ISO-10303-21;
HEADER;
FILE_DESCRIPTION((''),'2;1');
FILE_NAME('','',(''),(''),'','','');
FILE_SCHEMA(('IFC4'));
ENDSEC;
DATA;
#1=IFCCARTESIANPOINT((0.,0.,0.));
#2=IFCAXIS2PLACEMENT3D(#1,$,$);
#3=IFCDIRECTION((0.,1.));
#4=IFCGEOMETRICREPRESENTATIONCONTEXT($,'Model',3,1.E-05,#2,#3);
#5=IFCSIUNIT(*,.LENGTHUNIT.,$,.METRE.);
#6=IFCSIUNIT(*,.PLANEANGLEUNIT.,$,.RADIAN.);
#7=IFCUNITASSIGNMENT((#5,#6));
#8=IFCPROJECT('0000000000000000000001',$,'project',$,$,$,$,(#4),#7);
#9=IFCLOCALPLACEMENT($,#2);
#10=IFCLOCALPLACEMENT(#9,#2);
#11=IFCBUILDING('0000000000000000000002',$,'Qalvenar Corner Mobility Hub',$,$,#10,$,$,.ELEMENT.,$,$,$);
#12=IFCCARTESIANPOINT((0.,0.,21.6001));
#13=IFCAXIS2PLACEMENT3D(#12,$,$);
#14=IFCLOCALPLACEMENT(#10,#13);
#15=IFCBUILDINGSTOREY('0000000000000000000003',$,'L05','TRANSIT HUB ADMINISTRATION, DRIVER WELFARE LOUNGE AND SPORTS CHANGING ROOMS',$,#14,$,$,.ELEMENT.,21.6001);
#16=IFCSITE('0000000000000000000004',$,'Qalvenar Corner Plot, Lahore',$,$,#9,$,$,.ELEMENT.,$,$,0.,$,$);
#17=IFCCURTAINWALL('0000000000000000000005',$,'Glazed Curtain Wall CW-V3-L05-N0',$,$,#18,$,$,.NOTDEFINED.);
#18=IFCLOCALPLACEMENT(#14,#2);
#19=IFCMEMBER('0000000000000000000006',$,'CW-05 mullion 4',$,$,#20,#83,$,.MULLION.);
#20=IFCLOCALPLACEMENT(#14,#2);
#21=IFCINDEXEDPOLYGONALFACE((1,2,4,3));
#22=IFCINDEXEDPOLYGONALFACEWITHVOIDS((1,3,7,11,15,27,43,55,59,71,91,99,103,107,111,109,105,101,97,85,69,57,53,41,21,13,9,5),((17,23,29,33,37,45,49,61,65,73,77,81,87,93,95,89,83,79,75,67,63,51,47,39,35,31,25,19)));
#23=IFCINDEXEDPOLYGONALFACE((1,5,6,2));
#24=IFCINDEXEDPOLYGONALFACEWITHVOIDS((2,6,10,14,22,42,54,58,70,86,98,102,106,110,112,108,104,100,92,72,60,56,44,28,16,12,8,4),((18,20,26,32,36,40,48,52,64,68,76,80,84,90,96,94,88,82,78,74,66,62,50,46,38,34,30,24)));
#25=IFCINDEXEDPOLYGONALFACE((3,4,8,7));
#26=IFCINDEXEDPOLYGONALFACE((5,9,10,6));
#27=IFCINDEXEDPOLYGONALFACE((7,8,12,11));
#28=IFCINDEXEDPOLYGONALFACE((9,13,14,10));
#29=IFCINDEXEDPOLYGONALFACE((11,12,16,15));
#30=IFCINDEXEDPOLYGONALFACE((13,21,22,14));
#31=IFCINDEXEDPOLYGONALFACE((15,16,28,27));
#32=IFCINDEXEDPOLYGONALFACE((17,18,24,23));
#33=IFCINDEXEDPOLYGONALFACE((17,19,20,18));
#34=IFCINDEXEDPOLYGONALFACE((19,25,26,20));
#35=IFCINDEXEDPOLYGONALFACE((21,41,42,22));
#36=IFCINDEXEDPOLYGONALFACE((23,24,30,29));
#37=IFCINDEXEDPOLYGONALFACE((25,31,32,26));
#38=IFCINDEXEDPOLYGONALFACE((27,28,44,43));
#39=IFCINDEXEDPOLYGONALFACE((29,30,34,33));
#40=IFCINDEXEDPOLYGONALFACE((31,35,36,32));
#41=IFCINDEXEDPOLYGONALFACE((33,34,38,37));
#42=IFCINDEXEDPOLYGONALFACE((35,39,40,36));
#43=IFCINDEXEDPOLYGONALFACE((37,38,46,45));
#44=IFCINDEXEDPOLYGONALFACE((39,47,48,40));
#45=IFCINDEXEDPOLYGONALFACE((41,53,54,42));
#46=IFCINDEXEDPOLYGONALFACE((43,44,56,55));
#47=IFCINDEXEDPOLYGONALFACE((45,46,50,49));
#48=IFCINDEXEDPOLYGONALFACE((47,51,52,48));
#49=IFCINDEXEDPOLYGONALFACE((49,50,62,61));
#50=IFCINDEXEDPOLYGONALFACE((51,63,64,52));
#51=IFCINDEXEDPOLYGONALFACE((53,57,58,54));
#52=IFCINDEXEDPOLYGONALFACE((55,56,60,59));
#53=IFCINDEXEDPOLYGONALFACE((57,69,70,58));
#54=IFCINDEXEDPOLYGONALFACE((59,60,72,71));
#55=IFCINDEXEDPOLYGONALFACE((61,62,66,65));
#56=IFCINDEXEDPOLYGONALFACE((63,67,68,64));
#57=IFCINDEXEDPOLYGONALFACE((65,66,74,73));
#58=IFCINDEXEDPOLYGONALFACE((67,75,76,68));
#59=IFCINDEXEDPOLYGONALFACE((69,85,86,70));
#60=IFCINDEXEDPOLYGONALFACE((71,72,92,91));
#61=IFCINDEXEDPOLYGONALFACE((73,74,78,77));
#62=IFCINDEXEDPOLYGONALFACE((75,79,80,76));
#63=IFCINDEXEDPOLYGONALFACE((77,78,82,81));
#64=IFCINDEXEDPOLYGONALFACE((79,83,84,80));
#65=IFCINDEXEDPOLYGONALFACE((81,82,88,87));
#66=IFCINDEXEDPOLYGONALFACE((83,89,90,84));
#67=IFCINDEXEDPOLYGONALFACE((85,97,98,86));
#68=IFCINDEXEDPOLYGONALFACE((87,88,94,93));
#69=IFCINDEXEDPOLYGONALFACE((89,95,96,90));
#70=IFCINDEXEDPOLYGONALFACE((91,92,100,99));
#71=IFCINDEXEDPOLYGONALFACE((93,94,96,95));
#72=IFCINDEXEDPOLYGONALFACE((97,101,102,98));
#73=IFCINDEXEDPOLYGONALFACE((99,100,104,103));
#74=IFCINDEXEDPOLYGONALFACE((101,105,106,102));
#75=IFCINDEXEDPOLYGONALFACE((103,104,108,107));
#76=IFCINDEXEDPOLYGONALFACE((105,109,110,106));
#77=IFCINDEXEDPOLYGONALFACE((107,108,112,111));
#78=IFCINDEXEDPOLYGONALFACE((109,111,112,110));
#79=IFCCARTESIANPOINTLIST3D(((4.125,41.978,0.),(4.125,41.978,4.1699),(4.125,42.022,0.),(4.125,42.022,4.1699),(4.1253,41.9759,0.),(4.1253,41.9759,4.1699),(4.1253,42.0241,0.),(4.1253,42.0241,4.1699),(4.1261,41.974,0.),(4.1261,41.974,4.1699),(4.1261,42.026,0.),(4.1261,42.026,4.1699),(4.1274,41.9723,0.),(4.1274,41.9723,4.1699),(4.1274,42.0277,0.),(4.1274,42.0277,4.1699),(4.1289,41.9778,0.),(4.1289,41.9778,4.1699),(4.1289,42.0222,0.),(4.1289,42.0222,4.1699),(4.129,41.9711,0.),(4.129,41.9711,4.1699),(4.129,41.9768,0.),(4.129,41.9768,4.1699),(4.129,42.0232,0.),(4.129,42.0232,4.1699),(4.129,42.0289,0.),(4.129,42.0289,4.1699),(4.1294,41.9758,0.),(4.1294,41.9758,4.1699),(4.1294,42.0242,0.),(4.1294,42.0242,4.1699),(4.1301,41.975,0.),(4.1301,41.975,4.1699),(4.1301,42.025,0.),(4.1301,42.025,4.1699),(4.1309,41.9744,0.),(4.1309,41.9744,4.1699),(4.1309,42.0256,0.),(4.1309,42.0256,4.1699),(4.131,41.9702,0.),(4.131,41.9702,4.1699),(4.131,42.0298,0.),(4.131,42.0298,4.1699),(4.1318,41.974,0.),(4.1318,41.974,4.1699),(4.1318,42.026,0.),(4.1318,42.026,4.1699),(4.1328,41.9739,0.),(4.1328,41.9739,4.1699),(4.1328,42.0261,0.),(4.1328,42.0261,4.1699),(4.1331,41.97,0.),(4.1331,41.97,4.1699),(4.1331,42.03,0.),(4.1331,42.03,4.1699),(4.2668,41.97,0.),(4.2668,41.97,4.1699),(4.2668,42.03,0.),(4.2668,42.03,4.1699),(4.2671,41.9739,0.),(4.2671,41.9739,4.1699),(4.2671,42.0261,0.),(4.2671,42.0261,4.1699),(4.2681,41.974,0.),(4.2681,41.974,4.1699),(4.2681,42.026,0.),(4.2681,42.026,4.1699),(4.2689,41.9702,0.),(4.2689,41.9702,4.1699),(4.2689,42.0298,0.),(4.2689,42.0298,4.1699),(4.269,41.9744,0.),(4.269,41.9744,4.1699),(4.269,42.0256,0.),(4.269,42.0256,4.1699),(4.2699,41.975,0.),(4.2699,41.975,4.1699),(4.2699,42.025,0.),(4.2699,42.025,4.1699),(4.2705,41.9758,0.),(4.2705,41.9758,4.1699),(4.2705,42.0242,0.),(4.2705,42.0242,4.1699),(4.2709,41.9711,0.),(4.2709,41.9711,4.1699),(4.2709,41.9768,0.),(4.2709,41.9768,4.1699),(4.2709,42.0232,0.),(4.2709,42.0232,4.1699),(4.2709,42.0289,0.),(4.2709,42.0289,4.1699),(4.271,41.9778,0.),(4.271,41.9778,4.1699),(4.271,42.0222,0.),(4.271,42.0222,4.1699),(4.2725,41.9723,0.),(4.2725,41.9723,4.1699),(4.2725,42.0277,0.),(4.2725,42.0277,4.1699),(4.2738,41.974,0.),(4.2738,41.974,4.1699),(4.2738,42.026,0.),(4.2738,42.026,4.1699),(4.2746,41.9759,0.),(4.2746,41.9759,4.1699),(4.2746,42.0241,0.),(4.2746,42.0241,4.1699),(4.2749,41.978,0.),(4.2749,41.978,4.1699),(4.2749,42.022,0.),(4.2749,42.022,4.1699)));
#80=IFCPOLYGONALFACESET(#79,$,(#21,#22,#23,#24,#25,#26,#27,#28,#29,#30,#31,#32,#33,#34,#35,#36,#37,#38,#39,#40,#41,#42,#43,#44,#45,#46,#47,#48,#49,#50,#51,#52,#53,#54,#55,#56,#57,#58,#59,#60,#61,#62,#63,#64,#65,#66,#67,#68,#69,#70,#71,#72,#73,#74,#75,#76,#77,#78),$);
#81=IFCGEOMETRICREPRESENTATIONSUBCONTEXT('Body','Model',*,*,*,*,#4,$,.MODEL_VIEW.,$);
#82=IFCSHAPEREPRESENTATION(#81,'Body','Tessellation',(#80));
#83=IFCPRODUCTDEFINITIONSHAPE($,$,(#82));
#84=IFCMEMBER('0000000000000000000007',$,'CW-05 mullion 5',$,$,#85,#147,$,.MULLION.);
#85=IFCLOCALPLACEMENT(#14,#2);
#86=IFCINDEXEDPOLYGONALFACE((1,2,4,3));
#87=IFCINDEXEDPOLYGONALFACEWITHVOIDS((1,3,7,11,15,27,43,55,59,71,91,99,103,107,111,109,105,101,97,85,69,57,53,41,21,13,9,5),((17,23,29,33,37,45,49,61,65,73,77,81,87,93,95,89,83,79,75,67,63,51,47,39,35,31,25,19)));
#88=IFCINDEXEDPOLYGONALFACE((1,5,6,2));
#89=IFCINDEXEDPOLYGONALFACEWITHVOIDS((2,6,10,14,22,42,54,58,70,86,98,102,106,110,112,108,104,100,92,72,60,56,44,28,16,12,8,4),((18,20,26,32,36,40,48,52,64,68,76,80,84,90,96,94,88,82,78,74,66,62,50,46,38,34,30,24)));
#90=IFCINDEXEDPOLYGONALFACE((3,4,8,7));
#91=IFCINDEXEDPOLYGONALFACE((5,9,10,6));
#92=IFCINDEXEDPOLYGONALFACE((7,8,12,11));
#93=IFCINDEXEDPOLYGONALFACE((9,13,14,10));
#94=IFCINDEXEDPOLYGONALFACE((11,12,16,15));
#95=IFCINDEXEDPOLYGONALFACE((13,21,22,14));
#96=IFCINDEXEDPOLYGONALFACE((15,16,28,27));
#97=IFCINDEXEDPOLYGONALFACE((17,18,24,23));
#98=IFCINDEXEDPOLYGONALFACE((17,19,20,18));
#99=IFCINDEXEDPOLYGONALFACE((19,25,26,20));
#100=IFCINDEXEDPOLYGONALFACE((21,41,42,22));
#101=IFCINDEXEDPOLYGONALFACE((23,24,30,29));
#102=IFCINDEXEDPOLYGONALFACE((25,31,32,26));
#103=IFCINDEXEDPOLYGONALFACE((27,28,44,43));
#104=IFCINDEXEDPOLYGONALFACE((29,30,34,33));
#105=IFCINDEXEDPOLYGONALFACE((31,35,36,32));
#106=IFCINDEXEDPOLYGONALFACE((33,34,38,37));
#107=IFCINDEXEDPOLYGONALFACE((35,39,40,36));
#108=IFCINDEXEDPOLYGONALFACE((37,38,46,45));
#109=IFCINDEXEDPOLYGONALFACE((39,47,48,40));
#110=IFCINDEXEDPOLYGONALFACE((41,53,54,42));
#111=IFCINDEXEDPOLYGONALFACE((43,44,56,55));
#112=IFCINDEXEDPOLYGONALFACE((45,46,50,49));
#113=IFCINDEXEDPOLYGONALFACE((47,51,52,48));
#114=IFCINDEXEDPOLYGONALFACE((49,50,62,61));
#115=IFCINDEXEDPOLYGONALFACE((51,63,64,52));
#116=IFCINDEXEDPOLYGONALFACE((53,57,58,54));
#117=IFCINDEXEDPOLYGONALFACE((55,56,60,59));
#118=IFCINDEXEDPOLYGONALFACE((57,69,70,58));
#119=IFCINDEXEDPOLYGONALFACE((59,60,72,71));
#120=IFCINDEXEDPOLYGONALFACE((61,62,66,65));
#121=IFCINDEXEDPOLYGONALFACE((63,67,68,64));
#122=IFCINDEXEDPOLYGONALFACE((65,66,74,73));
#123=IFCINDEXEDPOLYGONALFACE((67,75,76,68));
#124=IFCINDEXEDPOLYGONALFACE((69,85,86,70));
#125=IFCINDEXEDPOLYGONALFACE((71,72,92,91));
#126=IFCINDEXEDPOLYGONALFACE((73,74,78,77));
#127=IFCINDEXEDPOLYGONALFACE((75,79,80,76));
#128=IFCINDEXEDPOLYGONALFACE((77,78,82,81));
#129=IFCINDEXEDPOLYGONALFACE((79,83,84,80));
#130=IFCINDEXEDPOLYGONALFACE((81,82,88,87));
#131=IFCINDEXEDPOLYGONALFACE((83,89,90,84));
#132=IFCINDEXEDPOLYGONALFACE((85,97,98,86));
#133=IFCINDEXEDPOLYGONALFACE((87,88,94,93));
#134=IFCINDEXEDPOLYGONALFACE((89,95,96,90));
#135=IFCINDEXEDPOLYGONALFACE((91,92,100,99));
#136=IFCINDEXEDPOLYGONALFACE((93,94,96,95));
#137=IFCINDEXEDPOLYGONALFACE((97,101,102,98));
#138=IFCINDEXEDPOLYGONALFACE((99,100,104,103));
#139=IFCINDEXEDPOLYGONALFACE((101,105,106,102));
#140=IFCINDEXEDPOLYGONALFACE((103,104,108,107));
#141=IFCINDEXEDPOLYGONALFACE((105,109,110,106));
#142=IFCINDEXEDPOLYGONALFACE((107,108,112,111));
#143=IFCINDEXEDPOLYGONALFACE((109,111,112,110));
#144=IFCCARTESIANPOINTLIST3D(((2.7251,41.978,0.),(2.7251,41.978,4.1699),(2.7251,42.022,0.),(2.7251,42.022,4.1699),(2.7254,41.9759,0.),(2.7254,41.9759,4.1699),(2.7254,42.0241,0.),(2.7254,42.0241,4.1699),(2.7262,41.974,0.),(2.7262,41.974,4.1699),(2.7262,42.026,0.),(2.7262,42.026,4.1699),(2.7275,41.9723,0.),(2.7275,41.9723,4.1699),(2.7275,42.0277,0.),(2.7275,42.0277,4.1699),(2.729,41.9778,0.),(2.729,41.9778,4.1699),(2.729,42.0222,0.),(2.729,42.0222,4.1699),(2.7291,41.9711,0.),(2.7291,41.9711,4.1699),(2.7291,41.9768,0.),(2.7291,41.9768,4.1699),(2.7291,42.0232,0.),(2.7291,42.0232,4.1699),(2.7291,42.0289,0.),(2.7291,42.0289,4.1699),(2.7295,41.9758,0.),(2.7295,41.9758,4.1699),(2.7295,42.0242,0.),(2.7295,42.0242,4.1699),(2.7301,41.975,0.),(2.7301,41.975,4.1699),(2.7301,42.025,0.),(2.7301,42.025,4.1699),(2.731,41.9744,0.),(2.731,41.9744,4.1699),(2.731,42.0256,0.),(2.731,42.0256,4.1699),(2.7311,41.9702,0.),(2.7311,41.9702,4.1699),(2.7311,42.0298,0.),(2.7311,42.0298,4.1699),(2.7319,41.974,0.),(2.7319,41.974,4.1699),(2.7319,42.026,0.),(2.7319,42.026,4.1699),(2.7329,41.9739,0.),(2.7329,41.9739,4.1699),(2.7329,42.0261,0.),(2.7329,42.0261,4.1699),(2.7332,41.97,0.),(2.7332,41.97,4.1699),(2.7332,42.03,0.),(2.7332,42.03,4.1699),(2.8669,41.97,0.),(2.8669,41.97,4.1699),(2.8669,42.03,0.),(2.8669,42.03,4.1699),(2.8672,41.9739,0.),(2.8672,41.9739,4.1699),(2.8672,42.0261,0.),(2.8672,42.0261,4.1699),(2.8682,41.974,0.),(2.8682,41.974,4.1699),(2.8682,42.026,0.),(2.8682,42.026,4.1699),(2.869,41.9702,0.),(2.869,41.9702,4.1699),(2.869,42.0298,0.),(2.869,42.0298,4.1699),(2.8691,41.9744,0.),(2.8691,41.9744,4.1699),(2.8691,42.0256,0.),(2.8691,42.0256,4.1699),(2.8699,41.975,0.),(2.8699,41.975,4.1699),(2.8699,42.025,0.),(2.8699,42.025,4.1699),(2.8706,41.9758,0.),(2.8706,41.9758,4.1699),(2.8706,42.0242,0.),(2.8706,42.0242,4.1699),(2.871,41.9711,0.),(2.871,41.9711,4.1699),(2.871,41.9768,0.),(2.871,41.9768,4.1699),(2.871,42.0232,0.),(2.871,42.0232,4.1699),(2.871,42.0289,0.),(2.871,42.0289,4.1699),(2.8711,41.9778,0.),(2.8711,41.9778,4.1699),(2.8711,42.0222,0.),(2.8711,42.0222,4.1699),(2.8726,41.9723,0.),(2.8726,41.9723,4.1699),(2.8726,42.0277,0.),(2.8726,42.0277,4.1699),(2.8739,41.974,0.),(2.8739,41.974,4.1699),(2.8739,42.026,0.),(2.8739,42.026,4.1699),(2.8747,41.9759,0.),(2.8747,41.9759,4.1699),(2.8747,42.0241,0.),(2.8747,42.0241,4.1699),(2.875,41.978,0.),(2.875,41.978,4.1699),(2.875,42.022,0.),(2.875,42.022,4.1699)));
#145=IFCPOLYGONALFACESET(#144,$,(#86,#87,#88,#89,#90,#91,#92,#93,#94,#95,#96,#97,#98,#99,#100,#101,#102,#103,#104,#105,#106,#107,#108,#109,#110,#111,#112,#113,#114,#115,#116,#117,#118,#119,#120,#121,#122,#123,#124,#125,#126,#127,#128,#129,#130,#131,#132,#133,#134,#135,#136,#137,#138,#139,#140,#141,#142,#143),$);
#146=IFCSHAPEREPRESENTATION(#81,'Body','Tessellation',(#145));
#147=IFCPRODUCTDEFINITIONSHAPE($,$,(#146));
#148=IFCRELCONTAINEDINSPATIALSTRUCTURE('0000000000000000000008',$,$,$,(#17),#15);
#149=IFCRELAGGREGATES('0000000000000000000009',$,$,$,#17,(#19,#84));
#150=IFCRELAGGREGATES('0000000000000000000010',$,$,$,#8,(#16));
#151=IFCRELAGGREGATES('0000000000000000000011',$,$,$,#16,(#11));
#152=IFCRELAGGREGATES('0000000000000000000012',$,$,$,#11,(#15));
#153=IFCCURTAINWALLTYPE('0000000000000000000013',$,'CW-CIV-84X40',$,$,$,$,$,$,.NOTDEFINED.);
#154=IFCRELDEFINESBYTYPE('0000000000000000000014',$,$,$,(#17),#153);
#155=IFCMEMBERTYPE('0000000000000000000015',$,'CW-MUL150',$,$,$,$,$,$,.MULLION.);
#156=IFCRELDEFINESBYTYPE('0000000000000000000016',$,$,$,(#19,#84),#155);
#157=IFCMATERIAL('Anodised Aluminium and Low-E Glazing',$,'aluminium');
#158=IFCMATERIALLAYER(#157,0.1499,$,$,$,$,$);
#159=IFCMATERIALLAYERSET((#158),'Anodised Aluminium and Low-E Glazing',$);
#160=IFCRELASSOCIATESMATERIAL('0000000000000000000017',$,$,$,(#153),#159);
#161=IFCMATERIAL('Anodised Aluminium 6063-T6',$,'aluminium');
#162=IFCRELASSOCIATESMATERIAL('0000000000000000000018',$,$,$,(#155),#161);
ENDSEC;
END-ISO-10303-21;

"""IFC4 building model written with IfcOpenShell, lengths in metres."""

from ifc_helpers import new_model, si_unit, direction, frame, origin, origin_2d, place, context, subcontext, project, spatial, hollow_rectangle, extrude, material, layer, layer_set, material_profile, profile_set, type_object, element, aggregate, save


model = new_model("IFC4")

# Units and contexts
model_context = context("Model", 3, precision=1e-05, world=origin(), true_north=direction((0.0, 1.0)))
body_context = subcontext(model_context, "Body", "Model", "MODEL_VIEW")
ifc_project = project(units=[si_unit("LENGTHUNIT", "METRE"), si_unit("PLANEANGLEUNIT", "RADIAN")], contexts=[model_context])

# Site, building, storey
site_placement = place(None, origin())
site = spatial("IfcSite", under=ifc_project, at=site_placement, Name="Qalvenar Corner Plot, Lahore", CompositionType="ELEMENT", RefElevation=0.0)
building_placement = place(site_placement, origin())
building = spatial("IfcBuilding", under=site, at=building_placement, Name="Qalvenar Corner Mobility Hub", CompositionType="ELEMENT")
storey_placement = place(building_placement, frame((0.0, 0.0, 21.6001)))
storey = spatial("IfcBuildingStorey", under=building, at=storey_placement, Name="L05", Description="TRANSIT HUB ADMINISTRATION, DRIVER WELFARE LOUNGE AND SPORTS CHANGING ROOMS", CompositionType="ELEMENT", Elevation=21.6001)

# Curtain wall, members
ifc_material_1 = material(Name="Anodised Aluminium and Low-E Glazing", Category="aluminium")
ifc_layer_1 = layer(ifc_material_1, 0.1499)
ifc_layer_set_1 = layer_set([ifc_layer_1], Name="Anodised Aluminium and Low-E Glazing")
curtain_wall_type = type_object("IfcCurtainWallType", Name="CW-CIV-84X40", PredefinedType="NOTDEFINED", material=ifc_layer_set_1)
curtain_wall_placement = place(storey_placement, origin())
curtain_wall = element("IfcCurtainWall", 1, at=curtain_wall_placement, inside=storey, type_object=curtain_wall_type, Name="Glazed Curtain Wall CW-V3-L05-N0", PredefinedType="NOTDEFINED")
ifc_material_2 = material(Name="Anodised Aluminium 6063-T6", Category="aluminium")
ifc_material_profile_1 = material_profile(ifc_material_2, hollow_rectangle(XDim=0.0601, YDim=0.1499, WallThickness=0.0039, InnerFilletRadius=0.0039, OuterFilletRadius=0.0081, at=origin_2d()), Name="RHS150x60x4")
ifc_profile_set_1 = profile_set([ifc_material_profile_1], Name="Anodised Aluminium 6063-T6")
member_type_1 = type_object("IfcMemberType", Name="CW-MUL150", PredefinedType="MULLION", material=ifc_profile_set_1)
member_1_placement = place(storey_placement, frame((4.2, 42.0, 0.0), z_axis=(0.0, 0.0, 1.0), x_axis=(0.0, -1.0, 0.0)))
member_1 = element("IfcMember", 2, at=member_1_placement, type_object=member_type_1, Name="CW-05 mullion 4", PredefinedType="MULLION", context=body_context, shape_type="SweptSolid", body=[
    extrude(hollow_rectangle(XDim=0.0601, YDim=0.1499, WallThickness=0.0039, InnerFilletRadius=0.0039, OuterFilletRadius=0.0081, at=origin_2d()), origin(), (0.0, 0.0, 1.0), 4.1699),
])
member_2_placement = place(storey_placement, frame((2.8, 42.0, 0.0), z_axis=(0.0, 0.0, 1.0), x_axis=(0.0, -1.0, 0.0)))
member_2 = element("IfcMember", 3, at=member_2_placement, type_object=member_type_1, Name="CW-05 mullion 5", PredefinedType="MULLION", context=body_context, shape_type="SweptSolid", body=[
    extrude(hollow_rectangle(XDim=0.0601, YDim=0.1499, WallThickness=0.0039, InnerFilletRadius=0.0039, OuterFilletRadius=0.0081, at=origin_2d()), origin(), (0.0, 0.0, 1.0), 4.1699),
])
aggregate(curtain_wall, [member_1, member_2])

save(model, "model.ifc")
